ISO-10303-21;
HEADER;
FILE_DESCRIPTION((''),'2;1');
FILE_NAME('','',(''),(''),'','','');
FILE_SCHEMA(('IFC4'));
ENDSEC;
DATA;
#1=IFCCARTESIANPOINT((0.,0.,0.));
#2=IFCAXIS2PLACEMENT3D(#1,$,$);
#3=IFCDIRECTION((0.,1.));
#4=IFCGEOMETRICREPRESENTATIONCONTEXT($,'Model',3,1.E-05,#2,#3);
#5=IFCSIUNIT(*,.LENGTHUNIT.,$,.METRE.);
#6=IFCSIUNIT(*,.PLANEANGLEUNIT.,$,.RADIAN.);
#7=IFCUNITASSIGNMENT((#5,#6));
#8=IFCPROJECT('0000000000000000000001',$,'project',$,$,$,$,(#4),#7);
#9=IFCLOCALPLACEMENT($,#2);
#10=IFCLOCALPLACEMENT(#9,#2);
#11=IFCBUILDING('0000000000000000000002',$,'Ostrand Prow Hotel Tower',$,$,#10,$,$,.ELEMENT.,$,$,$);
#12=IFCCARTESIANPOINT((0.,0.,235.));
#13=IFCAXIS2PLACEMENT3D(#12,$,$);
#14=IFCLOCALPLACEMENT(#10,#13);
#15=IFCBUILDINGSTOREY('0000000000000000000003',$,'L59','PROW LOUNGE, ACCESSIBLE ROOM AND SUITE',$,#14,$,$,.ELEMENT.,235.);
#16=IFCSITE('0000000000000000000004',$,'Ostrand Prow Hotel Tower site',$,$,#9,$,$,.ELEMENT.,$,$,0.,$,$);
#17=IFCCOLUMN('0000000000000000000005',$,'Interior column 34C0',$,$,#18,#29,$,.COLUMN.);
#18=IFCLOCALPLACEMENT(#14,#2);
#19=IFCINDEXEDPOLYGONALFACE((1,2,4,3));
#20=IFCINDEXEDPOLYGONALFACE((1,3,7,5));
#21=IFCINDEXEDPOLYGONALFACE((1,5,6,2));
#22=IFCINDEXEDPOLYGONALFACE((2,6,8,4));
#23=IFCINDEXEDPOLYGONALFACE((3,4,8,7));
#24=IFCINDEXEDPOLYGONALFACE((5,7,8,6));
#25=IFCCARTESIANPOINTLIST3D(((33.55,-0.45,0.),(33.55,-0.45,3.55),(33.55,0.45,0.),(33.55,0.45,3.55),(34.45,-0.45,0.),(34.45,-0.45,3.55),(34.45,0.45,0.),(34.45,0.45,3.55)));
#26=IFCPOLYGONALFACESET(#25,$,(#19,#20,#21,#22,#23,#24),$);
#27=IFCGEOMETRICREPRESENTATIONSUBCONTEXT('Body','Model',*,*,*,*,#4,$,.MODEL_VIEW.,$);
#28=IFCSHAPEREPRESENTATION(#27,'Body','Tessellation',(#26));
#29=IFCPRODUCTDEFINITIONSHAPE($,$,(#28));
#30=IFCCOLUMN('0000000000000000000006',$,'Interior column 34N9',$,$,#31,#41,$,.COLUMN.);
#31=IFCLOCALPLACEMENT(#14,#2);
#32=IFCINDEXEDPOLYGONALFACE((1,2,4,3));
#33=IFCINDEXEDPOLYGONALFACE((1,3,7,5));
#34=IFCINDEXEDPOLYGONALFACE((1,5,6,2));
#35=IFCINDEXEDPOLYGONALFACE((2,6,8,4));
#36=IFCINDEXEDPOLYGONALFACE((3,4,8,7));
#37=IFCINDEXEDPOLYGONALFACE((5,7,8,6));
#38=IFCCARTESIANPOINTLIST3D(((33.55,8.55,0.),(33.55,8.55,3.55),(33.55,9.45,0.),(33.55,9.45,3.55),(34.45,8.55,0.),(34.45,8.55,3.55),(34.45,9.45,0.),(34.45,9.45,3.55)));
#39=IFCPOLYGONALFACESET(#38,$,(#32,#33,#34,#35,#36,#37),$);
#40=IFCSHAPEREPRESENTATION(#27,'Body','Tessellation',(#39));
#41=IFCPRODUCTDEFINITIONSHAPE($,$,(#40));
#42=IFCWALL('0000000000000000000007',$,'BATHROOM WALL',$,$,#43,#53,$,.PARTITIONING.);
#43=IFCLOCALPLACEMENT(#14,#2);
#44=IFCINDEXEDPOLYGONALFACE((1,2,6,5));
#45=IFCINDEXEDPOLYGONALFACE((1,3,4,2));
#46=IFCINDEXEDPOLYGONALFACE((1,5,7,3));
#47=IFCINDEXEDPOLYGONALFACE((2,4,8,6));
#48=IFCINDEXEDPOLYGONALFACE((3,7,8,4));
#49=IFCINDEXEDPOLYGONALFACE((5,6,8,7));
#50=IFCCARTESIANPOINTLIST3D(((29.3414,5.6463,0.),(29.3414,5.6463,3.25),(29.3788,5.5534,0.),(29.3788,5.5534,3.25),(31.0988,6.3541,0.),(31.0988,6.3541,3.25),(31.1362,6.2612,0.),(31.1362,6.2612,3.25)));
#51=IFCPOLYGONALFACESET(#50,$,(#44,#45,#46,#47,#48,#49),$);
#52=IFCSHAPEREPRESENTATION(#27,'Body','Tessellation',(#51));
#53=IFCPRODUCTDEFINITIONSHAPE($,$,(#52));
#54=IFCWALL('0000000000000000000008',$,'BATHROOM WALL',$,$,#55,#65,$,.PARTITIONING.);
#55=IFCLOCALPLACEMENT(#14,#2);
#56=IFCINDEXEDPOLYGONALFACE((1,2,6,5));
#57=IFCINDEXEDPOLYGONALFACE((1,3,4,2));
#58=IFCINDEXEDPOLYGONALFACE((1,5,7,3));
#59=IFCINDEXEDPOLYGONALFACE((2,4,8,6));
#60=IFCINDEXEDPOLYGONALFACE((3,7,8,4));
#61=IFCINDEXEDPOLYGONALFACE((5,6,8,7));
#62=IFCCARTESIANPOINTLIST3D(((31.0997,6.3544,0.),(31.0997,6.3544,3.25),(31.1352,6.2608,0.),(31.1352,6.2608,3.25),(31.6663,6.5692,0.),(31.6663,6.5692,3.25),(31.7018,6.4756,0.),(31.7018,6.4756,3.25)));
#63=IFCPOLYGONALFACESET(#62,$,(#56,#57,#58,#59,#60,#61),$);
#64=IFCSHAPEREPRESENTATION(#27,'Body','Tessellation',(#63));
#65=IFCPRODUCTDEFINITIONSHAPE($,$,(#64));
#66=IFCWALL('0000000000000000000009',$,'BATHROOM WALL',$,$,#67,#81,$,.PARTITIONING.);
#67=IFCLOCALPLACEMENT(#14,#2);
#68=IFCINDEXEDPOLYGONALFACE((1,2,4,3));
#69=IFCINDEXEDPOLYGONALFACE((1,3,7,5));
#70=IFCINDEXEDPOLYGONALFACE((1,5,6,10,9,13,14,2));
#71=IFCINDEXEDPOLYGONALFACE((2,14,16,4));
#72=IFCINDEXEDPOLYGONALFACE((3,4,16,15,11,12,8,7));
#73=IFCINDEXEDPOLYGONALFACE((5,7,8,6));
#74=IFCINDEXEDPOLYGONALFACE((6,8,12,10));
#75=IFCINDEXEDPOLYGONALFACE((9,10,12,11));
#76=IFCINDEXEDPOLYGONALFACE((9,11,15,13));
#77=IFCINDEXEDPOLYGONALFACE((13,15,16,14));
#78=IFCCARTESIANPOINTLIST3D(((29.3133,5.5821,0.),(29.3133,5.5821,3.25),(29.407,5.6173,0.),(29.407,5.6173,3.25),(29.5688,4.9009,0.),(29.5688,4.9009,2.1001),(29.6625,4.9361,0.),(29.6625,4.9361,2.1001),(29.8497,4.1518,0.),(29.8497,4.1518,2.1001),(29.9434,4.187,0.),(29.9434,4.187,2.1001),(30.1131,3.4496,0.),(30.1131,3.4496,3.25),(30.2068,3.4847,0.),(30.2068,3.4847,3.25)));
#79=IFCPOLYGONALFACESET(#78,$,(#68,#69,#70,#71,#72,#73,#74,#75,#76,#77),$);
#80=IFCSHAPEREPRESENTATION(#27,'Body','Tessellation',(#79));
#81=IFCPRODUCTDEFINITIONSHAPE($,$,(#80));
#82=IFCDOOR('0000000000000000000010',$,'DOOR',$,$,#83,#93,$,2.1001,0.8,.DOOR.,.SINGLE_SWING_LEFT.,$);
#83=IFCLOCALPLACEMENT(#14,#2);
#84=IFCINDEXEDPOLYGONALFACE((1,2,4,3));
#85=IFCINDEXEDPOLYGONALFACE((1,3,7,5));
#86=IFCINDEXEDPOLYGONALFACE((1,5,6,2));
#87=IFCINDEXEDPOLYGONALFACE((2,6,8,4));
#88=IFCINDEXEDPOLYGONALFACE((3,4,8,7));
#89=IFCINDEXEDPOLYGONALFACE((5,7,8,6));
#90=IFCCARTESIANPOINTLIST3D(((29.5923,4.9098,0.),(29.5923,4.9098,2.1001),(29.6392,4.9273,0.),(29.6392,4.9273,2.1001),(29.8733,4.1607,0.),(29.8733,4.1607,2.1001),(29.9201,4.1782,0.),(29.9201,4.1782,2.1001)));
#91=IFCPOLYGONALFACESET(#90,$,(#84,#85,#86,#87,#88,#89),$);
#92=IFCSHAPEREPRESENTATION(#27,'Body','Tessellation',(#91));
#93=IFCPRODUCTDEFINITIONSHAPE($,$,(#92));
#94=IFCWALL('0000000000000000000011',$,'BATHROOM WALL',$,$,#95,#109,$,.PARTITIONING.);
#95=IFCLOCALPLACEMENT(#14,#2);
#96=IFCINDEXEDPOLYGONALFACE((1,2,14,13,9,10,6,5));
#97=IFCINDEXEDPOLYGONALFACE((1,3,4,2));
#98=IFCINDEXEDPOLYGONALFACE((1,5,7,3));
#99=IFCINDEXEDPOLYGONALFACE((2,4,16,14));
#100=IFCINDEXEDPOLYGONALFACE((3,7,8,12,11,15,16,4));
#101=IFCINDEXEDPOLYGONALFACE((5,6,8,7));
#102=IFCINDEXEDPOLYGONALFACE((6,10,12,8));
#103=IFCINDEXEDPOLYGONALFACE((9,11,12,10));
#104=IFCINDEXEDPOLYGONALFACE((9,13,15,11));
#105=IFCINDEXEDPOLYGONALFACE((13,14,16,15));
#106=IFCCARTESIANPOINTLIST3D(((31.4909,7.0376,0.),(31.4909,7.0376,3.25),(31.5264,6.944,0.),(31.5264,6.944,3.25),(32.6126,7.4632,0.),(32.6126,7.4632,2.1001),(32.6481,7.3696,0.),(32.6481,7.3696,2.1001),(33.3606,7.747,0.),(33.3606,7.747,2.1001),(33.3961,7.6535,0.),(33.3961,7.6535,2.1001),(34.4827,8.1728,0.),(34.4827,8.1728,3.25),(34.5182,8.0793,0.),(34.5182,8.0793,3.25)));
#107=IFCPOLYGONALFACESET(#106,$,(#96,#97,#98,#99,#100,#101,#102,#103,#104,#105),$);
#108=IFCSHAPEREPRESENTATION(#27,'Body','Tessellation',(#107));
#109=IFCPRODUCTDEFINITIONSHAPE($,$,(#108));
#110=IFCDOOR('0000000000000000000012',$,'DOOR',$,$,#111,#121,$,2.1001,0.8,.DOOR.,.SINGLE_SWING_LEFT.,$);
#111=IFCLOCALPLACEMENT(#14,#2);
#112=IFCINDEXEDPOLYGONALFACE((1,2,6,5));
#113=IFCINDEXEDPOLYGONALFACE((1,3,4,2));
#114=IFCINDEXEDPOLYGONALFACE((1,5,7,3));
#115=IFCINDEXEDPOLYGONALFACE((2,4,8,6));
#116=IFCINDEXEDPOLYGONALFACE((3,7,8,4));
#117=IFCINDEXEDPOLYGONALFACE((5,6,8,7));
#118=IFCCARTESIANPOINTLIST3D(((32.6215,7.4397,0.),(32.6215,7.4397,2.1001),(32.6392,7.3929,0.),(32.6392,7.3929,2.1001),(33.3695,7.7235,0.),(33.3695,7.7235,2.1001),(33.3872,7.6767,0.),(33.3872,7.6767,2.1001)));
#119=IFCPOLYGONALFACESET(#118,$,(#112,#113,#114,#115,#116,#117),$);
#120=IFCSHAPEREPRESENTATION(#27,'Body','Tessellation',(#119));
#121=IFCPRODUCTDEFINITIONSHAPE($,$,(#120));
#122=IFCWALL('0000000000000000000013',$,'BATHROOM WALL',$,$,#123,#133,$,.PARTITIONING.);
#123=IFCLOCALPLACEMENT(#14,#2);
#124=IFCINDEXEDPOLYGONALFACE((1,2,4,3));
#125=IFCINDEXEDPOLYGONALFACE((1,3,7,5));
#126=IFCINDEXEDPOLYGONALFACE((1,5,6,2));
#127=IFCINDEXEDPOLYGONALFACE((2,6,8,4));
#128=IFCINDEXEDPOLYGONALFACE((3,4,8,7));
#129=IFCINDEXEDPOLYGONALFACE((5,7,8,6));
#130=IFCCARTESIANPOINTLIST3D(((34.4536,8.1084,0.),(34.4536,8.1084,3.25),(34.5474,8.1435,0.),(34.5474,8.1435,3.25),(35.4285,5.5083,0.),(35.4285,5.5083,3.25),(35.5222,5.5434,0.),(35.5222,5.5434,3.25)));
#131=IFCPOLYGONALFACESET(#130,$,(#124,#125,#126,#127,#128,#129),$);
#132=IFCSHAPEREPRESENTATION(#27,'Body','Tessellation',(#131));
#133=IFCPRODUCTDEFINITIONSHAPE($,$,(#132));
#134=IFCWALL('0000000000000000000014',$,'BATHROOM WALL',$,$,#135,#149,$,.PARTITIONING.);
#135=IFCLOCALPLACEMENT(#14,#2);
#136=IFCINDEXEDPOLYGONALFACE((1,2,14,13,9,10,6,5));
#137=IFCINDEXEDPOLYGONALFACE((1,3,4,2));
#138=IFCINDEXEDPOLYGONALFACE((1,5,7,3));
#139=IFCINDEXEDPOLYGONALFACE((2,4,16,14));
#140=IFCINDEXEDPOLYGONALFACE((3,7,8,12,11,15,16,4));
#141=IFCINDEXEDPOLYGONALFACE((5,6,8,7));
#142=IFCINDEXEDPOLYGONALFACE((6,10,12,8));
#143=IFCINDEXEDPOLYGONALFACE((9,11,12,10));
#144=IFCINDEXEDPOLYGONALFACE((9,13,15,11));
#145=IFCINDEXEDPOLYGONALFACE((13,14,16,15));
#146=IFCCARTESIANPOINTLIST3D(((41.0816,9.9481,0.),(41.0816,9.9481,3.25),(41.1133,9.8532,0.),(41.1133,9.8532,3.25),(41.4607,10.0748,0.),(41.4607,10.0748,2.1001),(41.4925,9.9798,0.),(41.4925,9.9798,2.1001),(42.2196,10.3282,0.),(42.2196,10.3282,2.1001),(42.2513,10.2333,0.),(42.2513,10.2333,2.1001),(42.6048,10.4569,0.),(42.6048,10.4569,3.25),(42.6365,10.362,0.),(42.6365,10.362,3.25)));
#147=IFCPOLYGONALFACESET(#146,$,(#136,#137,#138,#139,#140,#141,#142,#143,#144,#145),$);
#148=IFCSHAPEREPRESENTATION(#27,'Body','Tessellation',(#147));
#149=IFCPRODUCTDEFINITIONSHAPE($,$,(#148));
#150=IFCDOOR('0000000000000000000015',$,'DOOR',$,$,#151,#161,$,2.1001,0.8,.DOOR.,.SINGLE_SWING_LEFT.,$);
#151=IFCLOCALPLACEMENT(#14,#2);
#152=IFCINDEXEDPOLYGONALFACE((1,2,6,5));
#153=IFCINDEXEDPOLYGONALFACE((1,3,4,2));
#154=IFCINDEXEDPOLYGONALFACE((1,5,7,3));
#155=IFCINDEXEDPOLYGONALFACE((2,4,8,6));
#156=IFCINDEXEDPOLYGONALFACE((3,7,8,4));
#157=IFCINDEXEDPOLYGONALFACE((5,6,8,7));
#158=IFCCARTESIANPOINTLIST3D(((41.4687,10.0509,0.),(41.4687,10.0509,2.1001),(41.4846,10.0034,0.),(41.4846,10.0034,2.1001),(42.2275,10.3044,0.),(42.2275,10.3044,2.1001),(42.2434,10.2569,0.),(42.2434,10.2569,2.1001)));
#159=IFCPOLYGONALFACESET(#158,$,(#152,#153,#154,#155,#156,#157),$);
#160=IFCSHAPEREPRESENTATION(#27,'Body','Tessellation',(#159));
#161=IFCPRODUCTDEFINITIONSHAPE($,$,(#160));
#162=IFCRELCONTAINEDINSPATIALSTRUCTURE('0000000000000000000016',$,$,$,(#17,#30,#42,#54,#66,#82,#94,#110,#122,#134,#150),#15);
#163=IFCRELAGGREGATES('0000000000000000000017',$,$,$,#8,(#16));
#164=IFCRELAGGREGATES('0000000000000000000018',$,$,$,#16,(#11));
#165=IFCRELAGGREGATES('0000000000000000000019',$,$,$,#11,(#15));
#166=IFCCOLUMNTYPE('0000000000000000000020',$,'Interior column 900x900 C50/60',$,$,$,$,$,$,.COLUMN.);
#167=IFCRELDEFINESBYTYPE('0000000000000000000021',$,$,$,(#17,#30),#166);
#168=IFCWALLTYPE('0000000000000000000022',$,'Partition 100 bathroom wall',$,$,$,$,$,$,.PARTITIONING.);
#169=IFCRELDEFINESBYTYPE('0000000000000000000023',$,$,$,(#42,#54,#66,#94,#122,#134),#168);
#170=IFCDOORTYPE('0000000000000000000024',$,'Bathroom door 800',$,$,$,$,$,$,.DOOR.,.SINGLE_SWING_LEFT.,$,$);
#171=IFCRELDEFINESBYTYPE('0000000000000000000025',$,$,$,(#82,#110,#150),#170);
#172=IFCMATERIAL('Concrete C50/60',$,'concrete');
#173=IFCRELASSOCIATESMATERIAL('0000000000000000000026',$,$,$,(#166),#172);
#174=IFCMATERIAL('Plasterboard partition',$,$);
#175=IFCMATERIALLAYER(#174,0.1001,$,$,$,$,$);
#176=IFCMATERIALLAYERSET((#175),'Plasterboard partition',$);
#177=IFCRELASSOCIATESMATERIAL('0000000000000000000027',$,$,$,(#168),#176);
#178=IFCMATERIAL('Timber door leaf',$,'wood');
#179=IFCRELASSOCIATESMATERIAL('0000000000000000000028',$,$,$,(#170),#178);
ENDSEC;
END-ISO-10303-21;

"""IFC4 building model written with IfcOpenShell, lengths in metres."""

from ifc_helpers import new_model, si_unit, direction, frame, frame_2d, origin, origin_2d, place, context, subcontext, project, spatial, rectangle, extrude, material, layer, layer_set, material_profile, profile_set, type_object, element, fill, save


model = new_model("IFC4")

# Units and contexts
model_context = context("Model", 3, precision=1e-05, world=origin(), true_north=direction((0.0, 1.0)))
body_context = subcontext(model_context, "Body", "Model", "MODEL_VIEW")
ifc_project = project(units=[si_unit("LENGTHUNIT", "METRE"), si_unit("PLANEANGLEUNIT", "RADIAN")], contexts=[model_context])

# Site, building, storey
site_placement = place(None, origin())
site = spatial("IfcSite", under=ifc_project, at=site_placement, Name="Ostrand Prow Hotel Tower site", CompositionType="ELEMENT", RefElevation=0.0)
building_placement = place(site_placement, origin())
building = spatial("IfcBuilding", under=site, at=building_placement, Name="Ostrand Prow Hotel Tower", CompositionType="ELEMENT")
storey_placement = place(building_placement, frame((0.0, 0.0, 235.0)))
storey = spatial("IfcBuildingStorey", under=building, at=storey_placement, Name="L59", Description="PROW LOUNGE, ACCESSIBLE ROOM AND SUITE", CompositionType="ELEMENT", Elevation=235.0)

# Columns
ifc_material_1 = material(Name="Concrete C50/60", Category="concrete")
ifc_material_profile = material_profile(ifc_material_1, rectangle(XDim=0.8999, YDim=0.8999, at=origin_2d()), Name="RC 900x900")
ifc_profile_set = profile_set([ifc_material_profile], Name="Concrete C50/60")
column_type = type_object("IfcColumnType", Name="Interior column 900x900 C50/60", PredefinedType="COLUMN", material=ifc_profile_set)
for number, where, z_axis, x_axis, name in (
    (1, (34.0, 0.0, 0.0), (0.0, 0.0, 1.0), (1.0, 0.0, 0.0), "Interior column 34C0"),
    (2, (34.0, 9.0, 0.0), (0.0, 0.0, 1.0), (1.0, 0.0, 0.0), "Interior column 34N9"),
):
    element("IfcColumn", number, at=place(storey_placement, frame(where, z_axis=z_axis, x_axis=x_axis)), inside=storey, type_object=column_type, Name=name, PredefinedType="COLUMN", context=body_context, shape_type="SweptSolid", body=[
        extrude(rectangle(XDim=0.8999, YDim=0.8999, at=origin_2d()), origin(), (0.0, 0.0, 1.0), 3.55),
    ])

# Walls
ifc_material_2 = material(Name="Plasterboard partition")
ifc_layer_1 = layer(ifc_material_2, 0.1001)
ifc_layer_set_1 = layer_set([ifc_layer_1], Name="Plasterboard partition")
wall_type_1 = type_object("IfcWallType", Name="Partition 100 bathroom wall", PredefinedType="PARTITIONING", material=ifc_layer_set_1)
wall_1_placement = place(storey_placement, frame((29.3601, 5.5999, 0.0), z_axis=(0.0, 0.0, 1.0), x_axis=(0.927594, 0.373589, 0.0)))
element("IfcWall", 3, at=wall_1_placement, inside=storey, type_object=wall_type_1, Name="BATHROOM WALL", PredefinedType="PARTITIONING", context=body_context, shape_type="SweptSolid", body=[
    extrude(rectangle(XDim=1.8945, YDim=0.1001, at=frame_2d((0.9473, 0.0))), origin(), (0.0, 0.0, 1.0), 3.25),
])
wall_2_placement = place(storey_placement, frame((31.1174, 6.3076, 0.0), z_axis=(0.0, 0.0, 1.0), x_axis=(0.935048, 0.354521, 0.0)))
element("IfcWall", 4, at=wall_2_placement, inside=storey, type_object=wall_type_1, Name="BATHROOM WALL", PredefinedType="PARTITIONING", context=body_context, shape_type="SweptSolid", body=[
    extrude(rectangle(XDim=0.606, YDim=0.1001, at=frame_2d((0.303, 0.0))), origin(), (0.0, 0.0, 1.0), 3.25),
])

# Walls, openings, doors
wall_3_placement = place(storey_placement, frame((30.1599, 3.4673, 0.0), z_axis=(0.0, 0.0, 1.0), x_axis=(-0.351159, 0.936316, 0.0)))
wall_3 = element("IfcWall", 5, at=wall_3_placement, inside=storey, type_object=wall_type_1, Name="BATHROOM WALL", PredefinedType="PARTITIONING", context=body_context, shape_type="SweptSolid", body=[
    extrude(rectangle(XDim=2.2776, YDim=0.1001, at=frame_2d((1.1387, 0.0))), origin(), (0.0, 0.0, 1.0), 3.25),
])
opening_1_placement = place(wall_3_placement, frame((0.75, 0.0, 0.0)))
opening_1 = element("IfcOpeningElement", 6, at=opening_1_placement, cuts=wall_3, PredefinedType="OPENING", context=body_context, shape_type="SweptSolid", body=[
    extrude(rectangle(XDim=0.8, YDim=2.1001, at=frame_2d((0.3999, 1.05))), frame((0.0, 0.0601, 0.0), z_axis=(0.0, -1.0, 0.0), x_axis=(1.0, 0.0, 0.0)), (0.0, 0.0, 1.0), 0.1201),
])
ifc_material_3 = material(Name="Timber door leaf", Category="wood")
door_type_1 = type_object("IfcDoorType", Name="Bathroom door 800", OperationType="SINGLE_SWING_LEFT", PredefinedType="DOOR", material=ifc_material_3)
door_1_placement = place(opening_1_placement, origin())
door_1 = element("IfcDoor", 7, at=door_1_placement, inside=storey, type_object=door_type_1, Name="DOOR", OperationType="SINGLE_SWING_LEFT", OverallHeight=2.1001, OverallWidth=0.8, PredefinedType="DOOR", context=body_context, shape_type="SweptSolid", body=[
    extrude(rectangle(XDim=0.8, YDim=2.1001, at=frame_2d((0.3999, 1.05))), frame((0.0, 0.0249, 0.0), z_axis=(0.0, -1.0, 0.0), x_axis=(1.0, 0.0, 0.0)), (0.0, 0.0, 1.0), 0.05),
])
fill(opening_1, door_1)
wall_4_placement = place(storey_placement, frame((31.5085, 6.9907, 0.0), z_axis=(0.0, 0.0, 1.0), x_axis=(0.934949, 0.354783, 0.0)))
wall_4 = element("IfcWall", 8, at=wall_4_placement, inside=storey, type_object=wall_type_1, Name="BATHROOM WALL", PredefinedType="PARTITIONING", context=body_context, shape_type="SweptSolid", body=[
    extrude(rectangle(XDim=3.2, YDim=0.1001, at=frame_2d((1.6001, 0.0))), origin(), (0.0, 0.0, 1.0), 3.25),
])
opening_2_placement = place(wall_4_placement, frame((1.2, 0.0, 0.0)))
opening_2 = element("IfcOpeningElement", 9, at=opening_2_placement, cuts=wall_4, PredefinedType="OPENING", context=body_context, shape_type="SweptSolid", body=[
    extrude(rectangle(XDim=0.8, YDim=2.1001, at=frame_2d((0.3999, 1.05))), frame((0.0, 0.0601, 0.0), z_axis=(0.0, -1.0, 0.0), x_axis=(1.0, 0.0, 0.0)), (0.0, 0.0, 1.0), 0.1201),
])
door_2_placement = place(opening_2_placement, origin())
door_2 = element("IfcDoor", 10, at=door_2_placement, inside=storey, type_object=door_type_1, Name="DOOR", OperationType="SINGLE_SWING_LEFT", OverallHeight=2.1001, OverallWidth=0.8, PredefinedType="DOOR", context=body_context, shape_type="SweptSolid", body=[
    extrude(rectangle(XDim=0.8, YDim=2.1001, at=frame_2d((0.3999, 1.05))), frame((0.0, 0.0249, 0.0), z_axis=(0.0, -1.0, 0.0), x_axis=(1.0, 0.0, 0.0)), (0.0, 0.0, 1.0), 0.05),
])
fill(opening_2, door_2)

# Wall
wall_5_placement = place(storey_placement, frame((34.5005, 8.126, 0.0), z_axis=(0.0, 0.0, 1.0), x_axis=(0.351066, -0.936351, 0.0)))
element("IfcWall", 11, at=wall_5_placement, inside=storey, type_object=wall_type_1, Name="BATHROOM WALL", PredefinedType="PARTITIONING", context=body_context, shape_type="SweptSolid", body=[
    extrude(rectangle(XDim=2.7769, YDim=0.1001, at=frame_2d((1.3884, 0.0))), origin(), (0.0, 0.0, 1.0), 3.25),
])

# Wall, opening, door
wall_6_placement = place(storey_placement, frame((41.0974, 9.9006, 0.0), z_axis=(0.0, 0.0, 1.0), x_axis=(0.948485, 0.316821, 0.0)))
wall_6 = element("IfcWall", 12, at=wall_6_placement, inside=storey, type_object=wall_type_1, Name="BATHROOM WALL", PredefinedType="PARTITIONING", context=body_context, shape_type="SweptSolid", body=[
    extrude(rectangle(XDim=1.606, YDim=0.1001, at=frame_2d((0.803, 0.0))), origin(), (0.0, 0.0, 1.0), 3.25),
])
opening_3_placement = place(wall_6_placement, frame((0.3999, 0.0, 0.0)))
opening_3 = element("IfcOpeningElement", 13, at=opening_3_placement, cuts=wall_6, PredefinedType="OPENING", context=body_context, shape_type="SweptSolid", body=[
    extrude(rectangle(XDim=0.8, YDim=2.1001, at=frame_2d((0.3999, 1.05))), frame((0.0, 0.0601, 0.0), z_axis=(0.0, -1.0, 0.0), x_axis=(1.0, 0.0, 0.0)), (0.0, 0.0, 1.0), 0.1201),
])
door_3_placement = place(opening_3_placement, origin())
door_3 = element("IfcDoor", 14, at=door_3_placement, inside=storey, type_object=door_type_1, Name="DOOR", OperationType="SINGLE_SWING_LEFT", OverallHeight=2.1001, OverallWidth=0.8, PredefinedType="DOOR", context=body_context, shape_type="SweptSolid", body=[
    extrude(rectangle(XDim=0.8, YDim=2.1001, at=frame_2d((0.3999, 1.05))), frame((0.0, 0.0249, 0.0), z_axis=(0.0, -1.0, 0.0), x_axis=(1.0, 0.0, 0.0)), (0.0, 0.0, 1.0), 0.05),
])
fill(opening_3, door_3)

save(model, "model.ifc")
